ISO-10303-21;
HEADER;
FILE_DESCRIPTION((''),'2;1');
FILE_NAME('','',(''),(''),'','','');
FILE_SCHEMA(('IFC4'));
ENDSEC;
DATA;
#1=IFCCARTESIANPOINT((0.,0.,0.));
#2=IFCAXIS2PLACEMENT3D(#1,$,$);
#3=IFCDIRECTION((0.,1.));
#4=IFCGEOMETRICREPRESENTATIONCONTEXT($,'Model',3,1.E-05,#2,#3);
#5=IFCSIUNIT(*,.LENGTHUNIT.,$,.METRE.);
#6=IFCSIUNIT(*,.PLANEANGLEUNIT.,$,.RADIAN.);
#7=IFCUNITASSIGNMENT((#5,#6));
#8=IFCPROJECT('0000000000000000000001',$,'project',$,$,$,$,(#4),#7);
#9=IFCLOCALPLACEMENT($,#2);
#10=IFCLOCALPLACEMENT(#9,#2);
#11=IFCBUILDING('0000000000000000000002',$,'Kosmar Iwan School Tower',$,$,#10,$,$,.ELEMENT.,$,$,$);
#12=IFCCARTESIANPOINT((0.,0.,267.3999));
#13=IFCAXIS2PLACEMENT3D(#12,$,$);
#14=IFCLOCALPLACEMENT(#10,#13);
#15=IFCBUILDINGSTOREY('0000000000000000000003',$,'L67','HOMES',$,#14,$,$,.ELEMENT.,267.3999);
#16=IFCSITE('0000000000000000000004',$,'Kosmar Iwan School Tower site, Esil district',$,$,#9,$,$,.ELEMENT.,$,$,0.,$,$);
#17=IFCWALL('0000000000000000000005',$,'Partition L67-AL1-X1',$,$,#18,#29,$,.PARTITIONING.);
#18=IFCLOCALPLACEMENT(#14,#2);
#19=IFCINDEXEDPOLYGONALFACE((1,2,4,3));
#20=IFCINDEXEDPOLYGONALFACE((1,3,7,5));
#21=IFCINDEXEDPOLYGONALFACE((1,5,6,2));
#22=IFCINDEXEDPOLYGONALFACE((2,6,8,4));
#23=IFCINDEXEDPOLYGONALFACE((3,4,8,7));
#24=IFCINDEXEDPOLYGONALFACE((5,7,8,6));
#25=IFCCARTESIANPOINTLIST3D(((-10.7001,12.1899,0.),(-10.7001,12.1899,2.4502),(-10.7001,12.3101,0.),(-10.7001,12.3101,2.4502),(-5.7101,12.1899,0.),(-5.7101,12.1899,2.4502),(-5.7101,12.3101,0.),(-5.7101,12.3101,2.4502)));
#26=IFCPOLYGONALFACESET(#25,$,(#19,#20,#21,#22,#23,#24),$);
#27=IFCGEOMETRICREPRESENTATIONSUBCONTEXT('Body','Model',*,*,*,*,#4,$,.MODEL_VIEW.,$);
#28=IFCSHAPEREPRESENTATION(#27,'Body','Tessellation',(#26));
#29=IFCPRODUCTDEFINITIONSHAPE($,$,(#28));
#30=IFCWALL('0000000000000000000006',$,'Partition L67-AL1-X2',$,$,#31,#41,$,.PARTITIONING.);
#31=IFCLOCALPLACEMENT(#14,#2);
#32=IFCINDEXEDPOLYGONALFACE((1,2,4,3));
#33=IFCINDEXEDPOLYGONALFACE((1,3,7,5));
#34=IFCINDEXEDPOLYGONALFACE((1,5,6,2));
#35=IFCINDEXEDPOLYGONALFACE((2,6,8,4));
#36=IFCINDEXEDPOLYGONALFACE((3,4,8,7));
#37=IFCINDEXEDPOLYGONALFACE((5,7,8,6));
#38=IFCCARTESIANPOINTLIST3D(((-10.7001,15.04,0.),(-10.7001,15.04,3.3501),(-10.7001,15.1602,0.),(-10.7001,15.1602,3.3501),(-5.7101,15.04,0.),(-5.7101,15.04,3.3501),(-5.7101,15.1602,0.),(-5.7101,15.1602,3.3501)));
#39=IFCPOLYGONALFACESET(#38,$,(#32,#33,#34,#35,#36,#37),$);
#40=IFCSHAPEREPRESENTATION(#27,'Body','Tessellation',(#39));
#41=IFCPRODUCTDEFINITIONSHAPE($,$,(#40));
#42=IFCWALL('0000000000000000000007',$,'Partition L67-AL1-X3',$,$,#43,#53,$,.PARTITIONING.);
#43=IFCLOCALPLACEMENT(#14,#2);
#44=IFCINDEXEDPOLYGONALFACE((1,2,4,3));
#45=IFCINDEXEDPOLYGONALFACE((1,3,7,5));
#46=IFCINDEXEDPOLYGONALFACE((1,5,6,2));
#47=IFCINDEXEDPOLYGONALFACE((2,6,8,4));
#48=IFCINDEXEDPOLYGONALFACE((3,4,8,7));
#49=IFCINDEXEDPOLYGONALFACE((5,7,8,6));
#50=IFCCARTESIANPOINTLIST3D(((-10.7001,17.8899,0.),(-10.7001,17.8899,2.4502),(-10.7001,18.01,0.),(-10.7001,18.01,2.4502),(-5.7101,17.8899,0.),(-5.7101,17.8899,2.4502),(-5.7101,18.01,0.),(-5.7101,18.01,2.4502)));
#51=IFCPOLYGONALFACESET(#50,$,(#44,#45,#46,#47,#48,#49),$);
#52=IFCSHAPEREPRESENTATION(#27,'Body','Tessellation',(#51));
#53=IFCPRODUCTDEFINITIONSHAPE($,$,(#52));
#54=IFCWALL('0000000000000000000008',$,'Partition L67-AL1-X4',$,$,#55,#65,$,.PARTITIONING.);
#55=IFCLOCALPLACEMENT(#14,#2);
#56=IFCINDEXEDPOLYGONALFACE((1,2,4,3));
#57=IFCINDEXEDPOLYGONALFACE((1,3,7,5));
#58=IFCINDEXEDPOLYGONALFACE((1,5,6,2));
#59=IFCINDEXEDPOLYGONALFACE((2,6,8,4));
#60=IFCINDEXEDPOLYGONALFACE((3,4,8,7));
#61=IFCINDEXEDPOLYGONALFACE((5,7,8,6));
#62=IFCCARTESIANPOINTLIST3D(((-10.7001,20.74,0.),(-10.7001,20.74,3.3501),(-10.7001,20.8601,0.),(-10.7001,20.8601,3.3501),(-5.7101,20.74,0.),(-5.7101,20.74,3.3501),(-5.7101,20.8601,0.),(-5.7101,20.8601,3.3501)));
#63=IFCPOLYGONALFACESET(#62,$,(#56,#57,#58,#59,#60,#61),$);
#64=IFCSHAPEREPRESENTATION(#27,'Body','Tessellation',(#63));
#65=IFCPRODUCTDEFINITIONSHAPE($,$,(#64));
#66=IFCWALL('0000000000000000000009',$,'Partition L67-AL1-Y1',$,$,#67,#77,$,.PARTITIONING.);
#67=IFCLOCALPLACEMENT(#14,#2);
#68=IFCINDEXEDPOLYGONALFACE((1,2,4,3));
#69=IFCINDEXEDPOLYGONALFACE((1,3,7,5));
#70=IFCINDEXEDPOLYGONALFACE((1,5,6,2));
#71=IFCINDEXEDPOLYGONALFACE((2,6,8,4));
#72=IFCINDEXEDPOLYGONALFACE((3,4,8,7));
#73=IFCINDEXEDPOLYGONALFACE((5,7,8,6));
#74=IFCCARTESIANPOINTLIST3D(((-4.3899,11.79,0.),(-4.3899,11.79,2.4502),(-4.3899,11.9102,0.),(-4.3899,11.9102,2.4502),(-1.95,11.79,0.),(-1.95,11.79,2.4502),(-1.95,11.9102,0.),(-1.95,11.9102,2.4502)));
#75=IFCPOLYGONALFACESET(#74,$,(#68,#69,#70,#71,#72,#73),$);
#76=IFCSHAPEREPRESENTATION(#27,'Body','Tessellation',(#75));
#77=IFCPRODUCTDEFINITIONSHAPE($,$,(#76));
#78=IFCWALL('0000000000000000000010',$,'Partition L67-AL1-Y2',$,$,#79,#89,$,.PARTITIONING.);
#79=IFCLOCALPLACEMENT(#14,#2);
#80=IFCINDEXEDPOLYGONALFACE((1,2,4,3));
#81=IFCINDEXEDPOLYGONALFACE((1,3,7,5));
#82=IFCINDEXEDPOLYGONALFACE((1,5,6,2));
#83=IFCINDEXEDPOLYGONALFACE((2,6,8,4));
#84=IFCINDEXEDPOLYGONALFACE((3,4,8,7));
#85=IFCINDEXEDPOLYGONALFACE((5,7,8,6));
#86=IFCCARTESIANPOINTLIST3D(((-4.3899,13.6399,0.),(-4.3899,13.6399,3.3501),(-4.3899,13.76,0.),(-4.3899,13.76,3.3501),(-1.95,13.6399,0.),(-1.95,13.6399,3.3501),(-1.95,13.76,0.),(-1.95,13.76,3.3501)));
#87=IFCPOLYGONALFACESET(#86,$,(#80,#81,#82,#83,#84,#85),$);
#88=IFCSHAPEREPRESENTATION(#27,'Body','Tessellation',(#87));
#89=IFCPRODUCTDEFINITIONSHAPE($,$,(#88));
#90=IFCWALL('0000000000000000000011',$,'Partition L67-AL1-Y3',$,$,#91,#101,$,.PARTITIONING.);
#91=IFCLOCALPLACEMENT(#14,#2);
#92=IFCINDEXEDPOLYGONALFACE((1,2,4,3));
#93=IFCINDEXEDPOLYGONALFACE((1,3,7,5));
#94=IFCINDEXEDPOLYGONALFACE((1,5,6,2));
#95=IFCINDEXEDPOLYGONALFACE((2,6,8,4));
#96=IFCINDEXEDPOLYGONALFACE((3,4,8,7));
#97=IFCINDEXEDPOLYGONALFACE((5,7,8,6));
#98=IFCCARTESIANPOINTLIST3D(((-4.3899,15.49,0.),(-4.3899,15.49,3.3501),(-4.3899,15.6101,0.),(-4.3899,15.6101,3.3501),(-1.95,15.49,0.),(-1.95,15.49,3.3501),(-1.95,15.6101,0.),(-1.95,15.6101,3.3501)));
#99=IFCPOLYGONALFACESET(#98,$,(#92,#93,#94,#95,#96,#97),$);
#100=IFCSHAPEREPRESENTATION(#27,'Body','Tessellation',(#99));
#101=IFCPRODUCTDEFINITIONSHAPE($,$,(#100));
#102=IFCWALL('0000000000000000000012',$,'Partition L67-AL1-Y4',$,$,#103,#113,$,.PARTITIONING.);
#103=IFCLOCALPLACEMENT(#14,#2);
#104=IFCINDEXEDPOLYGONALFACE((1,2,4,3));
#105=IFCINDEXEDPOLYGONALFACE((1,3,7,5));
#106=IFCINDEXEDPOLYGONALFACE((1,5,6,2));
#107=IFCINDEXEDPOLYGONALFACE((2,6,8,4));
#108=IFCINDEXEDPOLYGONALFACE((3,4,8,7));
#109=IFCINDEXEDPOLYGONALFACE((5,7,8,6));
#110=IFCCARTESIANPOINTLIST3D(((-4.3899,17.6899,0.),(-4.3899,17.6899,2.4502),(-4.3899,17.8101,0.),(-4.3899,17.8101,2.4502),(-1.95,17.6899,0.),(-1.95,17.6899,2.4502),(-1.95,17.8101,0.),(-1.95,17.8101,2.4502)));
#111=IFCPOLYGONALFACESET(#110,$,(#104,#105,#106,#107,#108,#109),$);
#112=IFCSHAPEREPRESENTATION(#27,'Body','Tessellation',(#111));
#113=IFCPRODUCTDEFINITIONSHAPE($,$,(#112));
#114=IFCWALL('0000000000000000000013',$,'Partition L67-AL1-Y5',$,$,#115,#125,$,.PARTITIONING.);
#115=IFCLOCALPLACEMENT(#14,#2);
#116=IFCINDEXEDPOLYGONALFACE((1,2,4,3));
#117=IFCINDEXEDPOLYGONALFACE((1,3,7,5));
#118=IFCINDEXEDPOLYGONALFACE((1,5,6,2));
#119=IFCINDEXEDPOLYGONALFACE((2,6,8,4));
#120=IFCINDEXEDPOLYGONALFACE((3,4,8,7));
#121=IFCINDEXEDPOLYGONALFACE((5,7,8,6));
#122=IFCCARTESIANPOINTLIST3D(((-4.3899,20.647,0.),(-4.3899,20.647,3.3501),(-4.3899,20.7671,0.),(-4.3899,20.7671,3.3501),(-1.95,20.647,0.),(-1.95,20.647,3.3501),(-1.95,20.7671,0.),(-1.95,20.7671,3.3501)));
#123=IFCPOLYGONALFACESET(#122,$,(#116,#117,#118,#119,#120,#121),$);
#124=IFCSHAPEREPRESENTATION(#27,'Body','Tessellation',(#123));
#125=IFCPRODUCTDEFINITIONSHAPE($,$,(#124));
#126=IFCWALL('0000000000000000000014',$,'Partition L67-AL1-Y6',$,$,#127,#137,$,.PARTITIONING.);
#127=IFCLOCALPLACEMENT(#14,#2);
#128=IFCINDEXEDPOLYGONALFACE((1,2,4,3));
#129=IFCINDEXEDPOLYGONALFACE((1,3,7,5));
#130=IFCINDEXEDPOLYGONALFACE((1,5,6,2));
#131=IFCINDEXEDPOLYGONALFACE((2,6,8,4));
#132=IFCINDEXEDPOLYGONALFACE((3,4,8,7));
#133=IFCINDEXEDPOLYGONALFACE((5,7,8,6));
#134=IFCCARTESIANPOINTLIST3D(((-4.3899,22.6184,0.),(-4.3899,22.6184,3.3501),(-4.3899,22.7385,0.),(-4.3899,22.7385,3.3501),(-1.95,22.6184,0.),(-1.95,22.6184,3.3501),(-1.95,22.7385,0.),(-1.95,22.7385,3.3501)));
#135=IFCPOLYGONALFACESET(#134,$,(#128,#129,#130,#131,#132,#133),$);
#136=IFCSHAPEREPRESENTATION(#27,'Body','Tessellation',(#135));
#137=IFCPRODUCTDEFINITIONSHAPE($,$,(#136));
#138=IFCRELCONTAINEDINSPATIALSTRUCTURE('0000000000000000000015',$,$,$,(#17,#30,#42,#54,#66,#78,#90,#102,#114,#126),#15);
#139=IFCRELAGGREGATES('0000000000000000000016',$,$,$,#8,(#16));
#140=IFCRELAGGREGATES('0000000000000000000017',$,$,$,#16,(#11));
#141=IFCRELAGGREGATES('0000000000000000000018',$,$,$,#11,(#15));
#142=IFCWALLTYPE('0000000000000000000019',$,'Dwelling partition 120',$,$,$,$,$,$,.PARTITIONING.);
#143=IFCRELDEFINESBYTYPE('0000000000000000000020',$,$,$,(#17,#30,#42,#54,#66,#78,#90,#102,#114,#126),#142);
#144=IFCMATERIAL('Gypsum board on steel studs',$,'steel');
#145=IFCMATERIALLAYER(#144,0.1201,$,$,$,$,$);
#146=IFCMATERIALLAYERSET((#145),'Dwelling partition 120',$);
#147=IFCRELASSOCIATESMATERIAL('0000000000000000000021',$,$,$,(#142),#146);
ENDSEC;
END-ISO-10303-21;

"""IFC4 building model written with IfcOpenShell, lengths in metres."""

from ifc_helpers import new_model, si_unit, direction, frame, frame_2d, origin, place, context, subcontext, project, spatial, rectangle, extrude, material, layer, layer_set, type_object, element, save


model = new_model("IFC4")

# Units and contexts
model_context = context("Model", 3, precision=1e-05, world=origin(), true_north=direction((0.0, 1.0)))
body_context = subcontext(model_context, "Body", "Model", "MODEL_VIEW")
ifc_project = project(units=[si_unit("LENGTHUNIT", "METRE"), si_unit("PLANEANGLEUNIT", "RADIAN")], contexts=[model_context])

# Site, building, storey
site_placement = place(None, origin())
site = spatial("IfcSite", under=ifc_project, at=site_placement, Name="Kosmar Iwan School Tower site, Esil district", CompositionType="ELEMENT", RefElevation=0.0)
building_placement = place(site_placement, origin())
building = spatial("IfcBuilding", under=site, at=building_placement, Name="Kosmar Iwan School Tower", CompositionType="ELEMENT")
storey_placement = place(building_placement, frame((0.0, 0.0, 267.3999)))
storey = spatial("IfcBuildingStorey", under=building, at=storey_placement, Name="L67", Description="HOMES", CompositionType="ELEMENT", Elevation=267.3999)

# Walls
ifc_material_1 = material(Name="Gypsum board on steel studs", Category="steel")
ifc_layer_1 = layer(ifc_material_1, 0.1201)
ifc_layer_set_1 = layer_set([ifc_layer_1], Name="Dwelling partition 120")
wall_type_1 = type_object("IfcWallType", Name="Dwelling partition 120", PredefinedType="PARTITIONING", material=ifc_layer_set_1)
wall_1_placement = place(storey_placement, frame((-5.71, 12.25, 0.0), z_axis=(0.0, 0.0, 1.0), x_axis=(-1.0, 0.0, 0.0)))
element("IfcWall", 1, at=wall_1_placement, inside=storey, type_object=wall_type_1, Name="Partition L67-AL1-X1", PredefinedType="PARTITIONING", context=body_context, shape_type="SweptSolid", body=[
    extrude(rectangle(XDim=4.99, YDim=0.1201, at=frame_2d((2.4951, 0.0))), origin(), (0.0, 0.0, 1.0), 2.4502),
])
wall_2_placement = place(storey_placement, frame((-5.71, 15.1001, 0.0), z_axis=(0.0, 0.0, 1.0), x_axis=(-1.0, 0.0, 0.0)))
element("IfcWall", 2, at=wall_2_placement, inside=storey, type_object=wall_type_1, Name="Partition L67-AL1-X2", PredefinedType="PARTITIONING", context=body_context, shape_type="SweptSolid", body=[
    extrude(rectangle(XDim=4.99, YDim=0.1201, at=frame_2d((2.4951, 0.0))), origin(), (0.0, 0.0, 1.0), 3.3501),
])
wall_3_placement = place(storey_placement, frame((-5.71, 17.95, 0.0), z_axis=(0.0, 0.0, 1.0), x_axis=(-1.0, 0.0, 0.0)))
element("IfcWall", 3, at=wall_3_placement, inside=storey, type_object=wall_type_1, Name="Partition L67-AL1-X3", PredefinedType="PARTITIONING", context=body_context, shape_type="SweptSolid", body=[
    extrude(rectangle(XDim=4.99, YDim=0.1201, at=frame_2d((2.4951, 0.0))), origin(), (0.0, 0.0, 1.0), 2.4502),
])
wall_4_placement = place(storey_placement, frame((-5.71, 20.8, 0.0), z_axis=(0.0, 0.0, 1.0), x_axis=(-1.0, 0.0, 0.0)))
element("IfcWall", 4, at=wall_4_placement, inside=storey, type_object=wall_type_1, Name="Partition L67-AL1-X4", PredefinedType="PARTITIONING", context=body_context, shape_type="SweptSolid", body=[
    extrude(rectangle(XDim=4.99, YDim=0.1201, at=frame_2d((2.4951, 0.0))), origin(), (0.0, 0.0, 1.0), 3.3501),
])
wall_5_placement = place(storey_placement, frame((-1.95, 11.8501, 0.0), z_axis=(0.0, 0.0, 1.0), x_axis=(-1.0, 0.0, 0.0)))
element("IfcWall", 5, at=wall_5_placement, inside=storey, type_object=wall_type_1, Name="Partition L67-AL1-Y1", PredefinedType="PARTITIONING", context=body_context, shape_type="SweptSolid", body=[
    extrude(rectangle(XDim=2.4399, YDim=0.1201, at=frame_2d((1.22, 0.0))), origin(), (0.0, 0.0, 1.0), 2.4502),
])
for number, where, z_axis, x_axis, name in (
    (6, (-1.95, 13.7, 0.0), (0.0, 0.0, 1.0), (-1.0, 0.0, 0.0), "Partition L67-AL1-Y2"),
    (7, (-1.95, 15.55, 0.0), (0.0, 0.0, 1.0), (-1.0, 0.0, 0.0), "Partition L67-AL1-Y3"),
):
    element("IfcWall", number, at=place(storey_placement, frame(where, z_axis=z_axis, x_axis=x_axis)), inside=storey, type_object=wall_type_1, Name=name, PredefinedType="PARTITIONING", context=body_context, shape_type="SweptSolid", body=[
        extrude(rectangle(XDim=2.4399, YDim=0.1201, at=frame_2d((1.22, 0.0))), origin(), (0.0, 0.0, 1.0), 3.3501),
    ])
wall_6_placement = place(storey_placement, frame((-1.95, 17.75, 0.0), z_axis=(0.0, 0.0, 1.0), x_axis=(-1.0, 0.0, 0.0)))
element("IfcWall", 8, at=wall_6_placement, inside=storey, type_object=wall_type_1, Name="Partition L67-AL1-Y4", PredefinedType="PARTITIONING", context=body_context, shape_type="SweptSolid", body=[
    extrude(rectangle(XDim=2.4399, YDim=0.1201, at=frame_2d((1.22, 0.0))), origin(), (0.0, 0.0, 1.0), 2.4502),
])
for number, where, z_axis, x_axis, name in (
    (9, (-1.95, 20.707, 0.0), (0.0, 0.0, 1.0), (-1.0, 0.0, 0.0), "Partition L67-AL1-Y5"),
    (10, (-1.95, 22.6785, 0.0), (0.0, 0.0, 1.0), (-1.0, 0.0, 0.0), "Partition L67-AL1-Y6"),
):
    element("IfcWall", number, at=place(storey_placement, frame(where, z_axis=z_axis, x_axis=x_axis)), inside=storey, type_object=wall_type_1, Name=name, PredefinedType="PARTITIONING", context=body_context, shape_type="SweptSolid", body=[
        extrude(rectangle(XDim=2.4399, YDim=0.1201, at=frame_2d((1.22, 0.0))), origin(), (0.0, 0.0, 1.0), 3.3501),
    ])

save(model, "model.ifc")
